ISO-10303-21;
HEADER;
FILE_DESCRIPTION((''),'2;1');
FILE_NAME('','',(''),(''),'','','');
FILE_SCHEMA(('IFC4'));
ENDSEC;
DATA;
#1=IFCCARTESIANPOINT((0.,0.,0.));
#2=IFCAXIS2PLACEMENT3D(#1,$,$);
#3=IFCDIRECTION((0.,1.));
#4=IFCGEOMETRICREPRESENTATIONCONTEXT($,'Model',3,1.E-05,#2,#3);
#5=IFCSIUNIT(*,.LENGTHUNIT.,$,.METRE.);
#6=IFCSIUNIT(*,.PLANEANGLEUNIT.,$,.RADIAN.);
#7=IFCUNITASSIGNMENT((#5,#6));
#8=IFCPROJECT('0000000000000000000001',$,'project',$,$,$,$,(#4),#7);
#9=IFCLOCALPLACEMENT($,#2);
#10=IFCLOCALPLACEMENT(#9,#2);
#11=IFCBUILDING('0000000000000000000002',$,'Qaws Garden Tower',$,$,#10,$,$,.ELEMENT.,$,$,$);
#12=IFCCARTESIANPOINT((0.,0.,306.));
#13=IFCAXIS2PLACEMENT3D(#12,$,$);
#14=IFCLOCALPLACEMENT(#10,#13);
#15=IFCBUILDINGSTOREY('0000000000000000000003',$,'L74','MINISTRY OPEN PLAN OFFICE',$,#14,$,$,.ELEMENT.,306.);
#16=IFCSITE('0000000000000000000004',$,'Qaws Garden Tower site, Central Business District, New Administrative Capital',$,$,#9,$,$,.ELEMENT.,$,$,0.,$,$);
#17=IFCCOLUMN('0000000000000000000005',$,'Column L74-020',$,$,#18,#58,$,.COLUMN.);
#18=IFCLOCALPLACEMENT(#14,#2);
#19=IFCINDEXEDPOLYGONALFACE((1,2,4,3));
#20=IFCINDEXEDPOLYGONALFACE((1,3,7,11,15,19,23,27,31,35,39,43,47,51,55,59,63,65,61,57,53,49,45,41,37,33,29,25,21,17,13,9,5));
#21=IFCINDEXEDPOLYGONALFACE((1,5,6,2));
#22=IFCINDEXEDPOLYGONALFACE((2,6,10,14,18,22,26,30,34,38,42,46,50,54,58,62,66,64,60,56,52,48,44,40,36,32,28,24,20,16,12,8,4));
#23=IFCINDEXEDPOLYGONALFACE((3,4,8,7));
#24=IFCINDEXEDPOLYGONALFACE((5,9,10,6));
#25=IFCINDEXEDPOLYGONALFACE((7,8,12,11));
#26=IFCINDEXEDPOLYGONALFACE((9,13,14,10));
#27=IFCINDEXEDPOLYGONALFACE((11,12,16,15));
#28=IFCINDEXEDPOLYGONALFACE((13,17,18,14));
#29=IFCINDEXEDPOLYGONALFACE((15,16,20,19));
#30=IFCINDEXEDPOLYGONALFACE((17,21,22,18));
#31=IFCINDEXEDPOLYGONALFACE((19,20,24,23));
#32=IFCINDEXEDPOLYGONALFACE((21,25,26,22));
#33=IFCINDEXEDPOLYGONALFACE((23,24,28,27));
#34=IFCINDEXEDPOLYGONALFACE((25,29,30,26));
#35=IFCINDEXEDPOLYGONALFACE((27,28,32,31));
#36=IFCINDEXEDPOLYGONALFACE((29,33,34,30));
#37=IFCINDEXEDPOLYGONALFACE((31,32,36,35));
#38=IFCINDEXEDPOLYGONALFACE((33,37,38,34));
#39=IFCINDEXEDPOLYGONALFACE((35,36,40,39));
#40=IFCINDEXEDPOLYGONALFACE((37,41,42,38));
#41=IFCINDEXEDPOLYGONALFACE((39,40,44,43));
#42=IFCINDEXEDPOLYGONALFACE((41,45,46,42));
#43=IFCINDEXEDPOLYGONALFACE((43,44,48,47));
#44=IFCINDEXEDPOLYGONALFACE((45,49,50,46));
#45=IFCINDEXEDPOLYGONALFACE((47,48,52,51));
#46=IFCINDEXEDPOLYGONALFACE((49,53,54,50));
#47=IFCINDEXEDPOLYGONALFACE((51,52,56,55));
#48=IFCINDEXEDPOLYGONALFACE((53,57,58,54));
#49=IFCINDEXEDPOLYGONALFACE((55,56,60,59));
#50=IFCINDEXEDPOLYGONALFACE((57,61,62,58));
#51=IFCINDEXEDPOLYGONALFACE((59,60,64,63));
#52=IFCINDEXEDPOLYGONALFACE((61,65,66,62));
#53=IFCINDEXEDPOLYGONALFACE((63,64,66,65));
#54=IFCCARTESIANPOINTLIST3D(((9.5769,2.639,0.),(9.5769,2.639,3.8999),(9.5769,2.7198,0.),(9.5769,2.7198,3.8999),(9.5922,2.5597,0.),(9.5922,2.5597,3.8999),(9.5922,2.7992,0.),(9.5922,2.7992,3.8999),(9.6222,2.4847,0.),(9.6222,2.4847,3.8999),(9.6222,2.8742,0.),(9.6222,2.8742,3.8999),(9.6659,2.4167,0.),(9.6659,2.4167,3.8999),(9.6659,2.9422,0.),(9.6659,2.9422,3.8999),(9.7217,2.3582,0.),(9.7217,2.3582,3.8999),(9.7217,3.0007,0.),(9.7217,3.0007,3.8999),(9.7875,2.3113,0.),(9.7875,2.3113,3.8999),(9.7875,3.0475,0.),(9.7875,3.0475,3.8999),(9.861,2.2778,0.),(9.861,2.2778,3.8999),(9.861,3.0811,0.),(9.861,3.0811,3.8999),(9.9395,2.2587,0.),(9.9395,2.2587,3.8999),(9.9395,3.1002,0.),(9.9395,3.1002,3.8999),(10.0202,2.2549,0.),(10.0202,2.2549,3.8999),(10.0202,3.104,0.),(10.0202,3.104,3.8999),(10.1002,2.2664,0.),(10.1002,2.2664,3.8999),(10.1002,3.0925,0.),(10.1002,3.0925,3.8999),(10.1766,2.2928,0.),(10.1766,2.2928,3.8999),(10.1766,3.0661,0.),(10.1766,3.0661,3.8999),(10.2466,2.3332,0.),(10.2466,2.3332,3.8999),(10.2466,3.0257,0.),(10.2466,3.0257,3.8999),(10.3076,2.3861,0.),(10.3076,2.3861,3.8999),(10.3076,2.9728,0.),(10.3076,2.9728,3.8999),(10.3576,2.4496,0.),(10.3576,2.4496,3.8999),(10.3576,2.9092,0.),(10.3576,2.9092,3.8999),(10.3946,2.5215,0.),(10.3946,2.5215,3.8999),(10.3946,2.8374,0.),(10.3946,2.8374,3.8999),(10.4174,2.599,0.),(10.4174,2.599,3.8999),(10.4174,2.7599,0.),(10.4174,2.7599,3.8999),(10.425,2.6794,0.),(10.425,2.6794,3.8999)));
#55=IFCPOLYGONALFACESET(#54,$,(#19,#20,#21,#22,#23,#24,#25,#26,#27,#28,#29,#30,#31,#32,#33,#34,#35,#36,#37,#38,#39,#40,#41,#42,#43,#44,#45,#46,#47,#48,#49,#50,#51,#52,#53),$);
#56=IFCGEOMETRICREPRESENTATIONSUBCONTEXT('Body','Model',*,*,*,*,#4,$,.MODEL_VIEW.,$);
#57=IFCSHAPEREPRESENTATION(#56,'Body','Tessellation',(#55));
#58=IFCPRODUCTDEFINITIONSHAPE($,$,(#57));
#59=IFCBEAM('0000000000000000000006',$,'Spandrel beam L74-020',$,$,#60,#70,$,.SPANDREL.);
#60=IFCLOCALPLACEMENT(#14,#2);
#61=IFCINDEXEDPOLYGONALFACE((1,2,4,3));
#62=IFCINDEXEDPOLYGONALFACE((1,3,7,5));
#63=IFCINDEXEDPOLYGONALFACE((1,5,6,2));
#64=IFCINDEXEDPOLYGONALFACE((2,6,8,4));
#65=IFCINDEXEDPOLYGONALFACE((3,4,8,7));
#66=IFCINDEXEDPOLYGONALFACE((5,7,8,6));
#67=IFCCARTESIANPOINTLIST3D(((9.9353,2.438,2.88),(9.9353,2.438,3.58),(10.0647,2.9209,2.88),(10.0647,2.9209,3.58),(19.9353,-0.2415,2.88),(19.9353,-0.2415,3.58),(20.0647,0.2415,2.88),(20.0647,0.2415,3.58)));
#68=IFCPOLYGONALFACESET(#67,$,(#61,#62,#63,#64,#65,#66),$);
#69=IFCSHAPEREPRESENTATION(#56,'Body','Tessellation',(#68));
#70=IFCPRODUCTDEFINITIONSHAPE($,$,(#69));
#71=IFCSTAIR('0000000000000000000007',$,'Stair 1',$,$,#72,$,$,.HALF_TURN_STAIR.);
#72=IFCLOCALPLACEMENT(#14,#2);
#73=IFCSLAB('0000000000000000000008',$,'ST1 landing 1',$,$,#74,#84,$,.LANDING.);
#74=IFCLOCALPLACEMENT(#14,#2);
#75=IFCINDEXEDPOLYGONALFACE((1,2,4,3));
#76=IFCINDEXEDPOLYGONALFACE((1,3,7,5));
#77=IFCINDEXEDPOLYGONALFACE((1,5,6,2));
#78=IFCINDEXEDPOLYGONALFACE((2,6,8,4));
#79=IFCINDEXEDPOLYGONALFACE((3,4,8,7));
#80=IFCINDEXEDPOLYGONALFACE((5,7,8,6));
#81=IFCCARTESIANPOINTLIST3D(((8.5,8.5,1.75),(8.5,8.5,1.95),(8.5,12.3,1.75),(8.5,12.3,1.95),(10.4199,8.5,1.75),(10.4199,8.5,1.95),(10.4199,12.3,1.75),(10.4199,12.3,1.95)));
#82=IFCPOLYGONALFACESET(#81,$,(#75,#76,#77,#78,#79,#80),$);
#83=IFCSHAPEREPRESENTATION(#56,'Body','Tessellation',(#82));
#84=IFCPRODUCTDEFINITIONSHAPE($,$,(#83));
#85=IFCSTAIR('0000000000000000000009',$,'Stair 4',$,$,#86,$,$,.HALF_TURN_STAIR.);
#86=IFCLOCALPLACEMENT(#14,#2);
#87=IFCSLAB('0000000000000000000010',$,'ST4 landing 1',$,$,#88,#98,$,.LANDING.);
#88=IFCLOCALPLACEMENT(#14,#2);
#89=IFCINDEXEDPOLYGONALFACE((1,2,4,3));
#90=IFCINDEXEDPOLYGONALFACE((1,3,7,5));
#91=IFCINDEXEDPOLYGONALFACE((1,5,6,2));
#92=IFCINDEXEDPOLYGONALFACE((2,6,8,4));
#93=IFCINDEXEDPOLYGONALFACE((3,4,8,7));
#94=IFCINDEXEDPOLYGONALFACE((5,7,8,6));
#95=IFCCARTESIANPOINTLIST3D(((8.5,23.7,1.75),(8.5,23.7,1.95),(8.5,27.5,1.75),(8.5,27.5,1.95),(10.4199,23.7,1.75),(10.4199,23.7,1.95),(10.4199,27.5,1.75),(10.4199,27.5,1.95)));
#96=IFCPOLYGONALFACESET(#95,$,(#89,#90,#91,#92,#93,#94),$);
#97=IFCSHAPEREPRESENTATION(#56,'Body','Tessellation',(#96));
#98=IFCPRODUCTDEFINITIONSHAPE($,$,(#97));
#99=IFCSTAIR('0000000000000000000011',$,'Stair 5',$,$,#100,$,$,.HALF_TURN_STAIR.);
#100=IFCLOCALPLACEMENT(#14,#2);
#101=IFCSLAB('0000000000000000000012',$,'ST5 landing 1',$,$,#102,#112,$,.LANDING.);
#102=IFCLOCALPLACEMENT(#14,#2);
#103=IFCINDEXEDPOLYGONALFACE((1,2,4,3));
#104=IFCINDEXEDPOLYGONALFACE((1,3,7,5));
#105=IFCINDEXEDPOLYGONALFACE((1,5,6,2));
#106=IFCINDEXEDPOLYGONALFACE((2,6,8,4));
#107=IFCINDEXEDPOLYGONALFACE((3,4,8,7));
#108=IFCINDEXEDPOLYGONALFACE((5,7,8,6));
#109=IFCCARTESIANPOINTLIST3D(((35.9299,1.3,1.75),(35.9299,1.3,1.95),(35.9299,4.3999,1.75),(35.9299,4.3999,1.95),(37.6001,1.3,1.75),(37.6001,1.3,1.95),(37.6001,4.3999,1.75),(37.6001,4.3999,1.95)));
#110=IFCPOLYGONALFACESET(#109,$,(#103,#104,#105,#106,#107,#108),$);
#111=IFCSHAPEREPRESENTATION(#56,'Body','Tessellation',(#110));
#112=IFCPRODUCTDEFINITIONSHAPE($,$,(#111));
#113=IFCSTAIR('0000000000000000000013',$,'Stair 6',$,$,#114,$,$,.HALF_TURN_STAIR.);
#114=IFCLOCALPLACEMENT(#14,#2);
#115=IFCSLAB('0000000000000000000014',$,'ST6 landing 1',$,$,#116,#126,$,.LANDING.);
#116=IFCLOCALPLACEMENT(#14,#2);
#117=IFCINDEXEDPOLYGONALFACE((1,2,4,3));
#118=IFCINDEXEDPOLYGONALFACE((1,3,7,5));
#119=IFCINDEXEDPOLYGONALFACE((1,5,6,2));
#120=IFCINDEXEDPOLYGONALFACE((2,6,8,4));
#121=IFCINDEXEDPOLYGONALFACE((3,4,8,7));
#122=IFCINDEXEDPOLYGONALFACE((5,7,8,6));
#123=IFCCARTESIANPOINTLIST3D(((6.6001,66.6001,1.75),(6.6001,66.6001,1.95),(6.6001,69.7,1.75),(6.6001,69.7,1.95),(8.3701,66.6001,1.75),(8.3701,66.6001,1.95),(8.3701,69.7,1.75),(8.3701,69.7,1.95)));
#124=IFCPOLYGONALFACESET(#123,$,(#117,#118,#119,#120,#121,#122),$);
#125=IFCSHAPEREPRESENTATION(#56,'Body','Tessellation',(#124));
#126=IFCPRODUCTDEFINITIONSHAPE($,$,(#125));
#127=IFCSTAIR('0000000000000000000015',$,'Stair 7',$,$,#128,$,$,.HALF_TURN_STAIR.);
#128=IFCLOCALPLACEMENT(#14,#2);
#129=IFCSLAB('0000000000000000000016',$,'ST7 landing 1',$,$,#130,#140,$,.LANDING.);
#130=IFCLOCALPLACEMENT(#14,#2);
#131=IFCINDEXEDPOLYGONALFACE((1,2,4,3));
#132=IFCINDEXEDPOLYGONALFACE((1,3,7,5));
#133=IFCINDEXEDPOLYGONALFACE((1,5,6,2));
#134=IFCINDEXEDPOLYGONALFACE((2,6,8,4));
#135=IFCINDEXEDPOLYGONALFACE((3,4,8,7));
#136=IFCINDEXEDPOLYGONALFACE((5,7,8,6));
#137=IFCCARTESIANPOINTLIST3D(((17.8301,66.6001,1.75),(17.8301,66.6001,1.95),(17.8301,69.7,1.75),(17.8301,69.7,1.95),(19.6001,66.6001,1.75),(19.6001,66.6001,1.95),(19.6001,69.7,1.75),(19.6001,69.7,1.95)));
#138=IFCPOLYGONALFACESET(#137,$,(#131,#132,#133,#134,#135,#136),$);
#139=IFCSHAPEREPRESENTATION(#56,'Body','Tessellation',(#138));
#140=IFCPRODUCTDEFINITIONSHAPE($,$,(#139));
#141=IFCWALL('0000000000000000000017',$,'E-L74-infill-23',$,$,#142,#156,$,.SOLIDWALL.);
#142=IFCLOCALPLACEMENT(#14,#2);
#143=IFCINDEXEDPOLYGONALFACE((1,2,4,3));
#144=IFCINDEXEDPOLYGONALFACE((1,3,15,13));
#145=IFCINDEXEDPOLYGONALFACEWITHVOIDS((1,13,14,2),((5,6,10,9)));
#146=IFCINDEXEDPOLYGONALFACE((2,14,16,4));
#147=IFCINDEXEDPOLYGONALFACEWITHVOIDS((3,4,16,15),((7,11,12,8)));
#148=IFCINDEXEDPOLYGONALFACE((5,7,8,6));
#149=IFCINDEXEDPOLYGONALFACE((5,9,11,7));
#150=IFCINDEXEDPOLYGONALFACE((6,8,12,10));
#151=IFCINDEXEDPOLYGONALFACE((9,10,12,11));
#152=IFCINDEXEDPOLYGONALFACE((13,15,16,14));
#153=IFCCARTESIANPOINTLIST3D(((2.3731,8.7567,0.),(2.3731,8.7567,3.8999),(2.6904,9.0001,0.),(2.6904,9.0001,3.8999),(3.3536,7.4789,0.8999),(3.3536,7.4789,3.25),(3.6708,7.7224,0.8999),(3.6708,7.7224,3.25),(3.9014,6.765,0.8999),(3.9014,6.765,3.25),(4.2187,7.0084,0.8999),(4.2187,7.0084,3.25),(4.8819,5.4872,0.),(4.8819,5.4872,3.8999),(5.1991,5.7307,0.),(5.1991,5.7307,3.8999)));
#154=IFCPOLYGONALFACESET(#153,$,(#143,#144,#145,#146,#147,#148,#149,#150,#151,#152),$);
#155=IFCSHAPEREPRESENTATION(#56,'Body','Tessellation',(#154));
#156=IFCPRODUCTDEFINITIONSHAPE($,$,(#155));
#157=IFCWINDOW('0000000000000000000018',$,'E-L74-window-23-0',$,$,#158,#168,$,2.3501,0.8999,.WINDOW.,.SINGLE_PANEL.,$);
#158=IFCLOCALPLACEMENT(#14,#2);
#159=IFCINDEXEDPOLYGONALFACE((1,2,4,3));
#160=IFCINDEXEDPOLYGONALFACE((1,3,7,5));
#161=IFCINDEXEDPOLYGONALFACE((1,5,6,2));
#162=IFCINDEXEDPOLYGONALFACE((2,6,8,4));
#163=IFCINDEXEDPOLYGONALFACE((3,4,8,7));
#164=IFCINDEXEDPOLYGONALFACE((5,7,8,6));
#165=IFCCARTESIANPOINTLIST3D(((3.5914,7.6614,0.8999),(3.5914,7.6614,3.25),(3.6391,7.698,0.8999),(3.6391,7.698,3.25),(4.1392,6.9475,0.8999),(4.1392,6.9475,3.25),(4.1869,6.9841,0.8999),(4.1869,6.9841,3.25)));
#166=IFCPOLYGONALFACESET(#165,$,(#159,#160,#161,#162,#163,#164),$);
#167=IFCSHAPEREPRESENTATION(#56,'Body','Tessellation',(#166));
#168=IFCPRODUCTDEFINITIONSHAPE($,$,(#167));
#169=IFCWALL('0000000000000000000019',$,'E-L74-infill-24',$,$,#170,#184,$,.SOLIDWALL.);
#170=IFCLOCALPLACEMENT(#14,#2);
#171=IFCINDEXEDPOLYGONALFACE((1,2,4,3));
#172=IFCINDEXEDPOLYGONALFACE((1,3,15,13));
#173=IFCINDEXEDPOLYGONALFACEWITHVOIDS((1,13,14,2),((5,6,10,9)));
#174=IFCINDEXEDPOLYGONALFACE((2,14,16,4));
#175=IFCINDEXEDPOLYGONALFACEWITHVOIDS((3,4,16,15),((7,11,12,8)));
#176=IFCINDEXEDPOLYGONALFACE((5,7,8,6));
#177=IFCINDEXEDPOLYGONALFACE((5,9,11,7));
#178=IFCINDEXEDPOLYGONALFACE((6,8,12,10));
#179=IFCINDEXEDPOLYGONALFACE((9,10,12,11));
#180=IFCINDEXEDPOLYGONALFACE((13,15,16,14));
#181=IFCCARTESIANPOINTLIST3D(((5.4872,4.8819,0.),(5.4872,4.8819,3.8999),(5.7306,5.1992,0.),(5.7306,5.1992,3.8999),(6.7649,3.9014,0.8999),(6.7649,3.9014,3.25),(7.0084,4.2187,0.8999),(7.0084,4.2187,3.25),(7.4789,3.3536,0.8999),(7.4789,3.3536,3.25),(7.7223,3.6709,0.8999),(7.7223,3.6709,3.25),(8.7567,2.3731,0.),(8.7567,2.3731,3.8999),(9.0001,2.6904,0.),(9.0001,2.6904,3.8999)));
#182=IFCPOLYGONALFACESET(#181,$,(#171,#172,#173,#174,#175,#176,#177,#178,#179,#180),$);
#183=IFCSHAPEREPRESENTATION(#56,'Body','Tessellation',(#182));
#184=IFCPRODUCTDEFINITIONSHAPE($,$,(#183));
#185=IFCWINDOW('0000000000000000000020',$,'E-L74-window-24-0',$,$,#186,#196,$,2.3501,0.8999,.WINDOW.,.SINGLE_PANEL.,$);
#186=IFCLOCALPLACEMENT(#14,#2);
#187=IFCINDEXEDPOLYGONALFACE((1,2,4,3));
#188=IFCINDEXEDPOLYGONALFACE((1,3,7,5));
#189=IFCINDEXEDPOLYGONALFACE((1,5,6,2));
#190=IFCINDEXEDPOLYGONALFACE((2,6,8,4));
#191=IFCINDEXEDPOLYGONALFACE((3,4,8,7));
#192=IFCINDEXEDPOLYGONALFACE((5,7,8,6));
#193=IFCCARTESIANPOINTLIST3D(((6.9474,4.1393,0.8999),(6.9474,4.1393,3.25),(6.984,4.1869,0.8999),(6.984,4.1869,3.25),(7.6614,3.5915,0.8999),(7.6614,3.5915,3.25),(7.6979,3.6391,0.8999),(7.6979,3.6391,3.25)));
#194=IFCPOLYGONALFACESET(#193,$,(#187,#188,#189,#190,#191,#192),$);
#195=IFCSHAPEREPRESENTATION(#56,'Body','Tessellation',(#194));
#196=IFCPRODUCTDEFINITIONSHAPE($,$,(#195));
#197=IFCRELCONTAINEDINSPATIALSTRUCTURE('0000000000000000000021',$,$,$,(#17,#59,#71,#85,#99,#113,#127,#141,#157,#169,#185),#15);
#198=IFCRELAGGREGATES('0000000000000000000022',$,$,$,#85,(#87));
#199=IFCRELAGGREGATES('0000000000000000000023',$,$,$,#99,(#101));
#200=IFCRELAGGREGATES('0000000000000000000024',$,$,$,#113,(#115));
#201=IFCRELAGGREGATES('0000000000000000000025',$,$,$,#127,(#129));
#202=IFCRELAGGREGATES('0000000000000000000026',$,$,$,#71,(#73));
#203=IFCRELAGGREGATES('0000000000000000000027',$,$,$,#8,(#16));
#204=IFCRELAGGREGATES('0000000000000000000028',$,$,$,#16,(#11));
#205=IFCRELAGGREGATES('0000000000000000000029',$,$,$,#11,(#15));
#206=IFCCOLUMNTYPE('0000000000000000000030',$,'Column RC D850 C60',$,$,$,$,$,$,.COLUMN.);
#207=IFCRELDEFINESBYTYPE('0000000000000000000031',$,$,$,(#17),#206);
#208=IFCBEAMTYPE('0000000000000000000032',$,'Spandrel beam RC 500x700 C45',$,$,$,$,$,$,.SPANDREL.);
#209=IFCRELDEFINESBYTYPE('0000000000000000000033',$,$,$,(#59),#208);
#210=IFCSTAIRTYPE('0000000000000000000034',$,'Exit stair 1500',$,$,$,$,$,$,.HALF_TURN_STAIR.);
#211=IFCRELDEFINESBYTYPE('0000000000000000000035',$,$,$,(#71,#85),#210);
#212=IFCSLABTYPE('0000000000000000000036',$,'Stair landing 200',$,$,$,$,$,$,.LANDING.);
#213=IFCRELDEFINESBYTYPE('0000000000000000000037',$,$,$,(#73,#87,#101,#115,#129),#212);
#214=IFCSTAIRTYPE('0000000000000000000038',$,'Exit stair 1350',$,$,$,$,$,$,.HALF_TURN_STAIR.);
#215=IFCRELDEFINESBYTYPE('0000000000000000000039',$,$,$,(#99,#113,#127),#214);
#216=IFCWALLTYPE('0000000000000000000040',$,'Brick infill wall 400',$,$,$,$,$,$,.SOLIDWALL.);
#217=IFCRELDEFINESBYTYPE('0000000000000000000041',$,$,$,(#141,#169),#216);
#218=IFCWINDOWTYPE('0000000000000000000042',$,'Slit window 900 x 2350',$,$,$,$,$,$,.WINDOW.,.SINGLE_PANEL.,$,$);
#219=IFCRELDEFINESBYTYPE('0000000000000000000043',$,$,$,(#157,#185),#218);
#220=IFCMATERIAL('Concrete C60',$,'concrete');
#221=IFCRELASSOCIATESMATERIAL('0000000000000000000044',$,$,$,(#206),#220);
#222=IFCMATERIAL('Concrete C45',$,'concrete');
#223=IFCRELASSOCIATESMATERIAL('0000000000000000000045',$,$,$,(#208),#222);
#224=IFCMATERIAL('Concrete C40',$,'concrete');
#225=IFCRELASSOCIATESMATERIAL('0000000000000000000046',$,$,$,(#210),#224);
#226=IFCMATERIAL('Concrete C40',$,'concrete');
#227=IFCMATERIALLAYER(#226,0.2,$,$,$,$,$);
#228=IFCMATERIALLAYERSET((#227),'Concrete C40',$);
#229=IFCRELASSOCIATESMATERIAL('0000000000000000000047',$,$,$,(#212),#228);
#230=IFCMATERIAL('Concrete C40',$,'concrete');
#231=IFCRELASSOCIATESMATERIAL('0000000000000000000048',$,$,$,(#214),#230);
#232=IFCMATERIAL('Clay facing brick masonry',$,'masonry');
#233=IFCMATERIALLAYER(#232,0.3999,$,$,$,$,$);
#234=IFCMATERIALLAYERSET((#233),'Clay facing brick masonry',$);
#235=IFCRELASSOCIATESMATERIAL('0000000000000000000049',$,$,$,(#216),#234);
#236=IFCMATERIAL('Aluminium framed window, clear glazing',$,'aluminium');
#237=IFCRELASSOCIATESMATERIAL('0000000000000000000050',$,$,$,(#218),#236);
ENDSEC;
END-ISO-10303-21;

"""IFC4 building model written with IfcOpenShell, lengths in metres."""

from ifc_helpers import new_model, si_unit, direction, frame, frame_2d, origin, origin_2d, place, context, subcontext, project, spatial, polyline, rectangle, circle, outline, extrude, material, layer, layer_set, material_profile, profile_set, type_object, element, fill, aggregate, save


model = new_model("IFC4")

# Units and contexts
model_context = context("Model", 3, precision=1e-05, world=origin(), true_north=direction((0.0, 1.0)))
body_context = subcontext(model_context, "Body", "Model", "MODEL_VIEW")
ifc_project = project(units=[si_unit("LENGTHUNIT", "METRE"), si_unit("PLANEANGLEUNIT", "RADIAN")], contexts=[model_context])

# Site, building, storey
site_placement = place(None, origin())
site = spatial("IfcSite", under=ifc_project, at=site_placement, Name="Qaws Garden Tower site, Central Business District, New Administrative Capital", CompositionType="ELEMENT", RefElevation=0.0)
building_placement = place(site_placement, origin())
building = spatial("IfcBuilding", under=site, at=building_placement, Name="Qaws Garden Tower", CompositionType="ELEMENT")
storey_placement = place(building_placement, frame((0.0, 0.0, 306.0)))
storey = spatial("IfcBuildingStorey", under=building, at=storey_placement, Name="L74", Description="MINISTRY OPEN PLAN OFFICE", CompositionType="ELEMENT", Elevation=306.0)

# Column
ifc_material_1 = material(Name="Concrete C60", Category="concrete")
ifc_material_profile_1 = material_profile(ifc_material_1, circle(Radius=0.425, at=origin_2d()), Name="RC D850")
ifc_profile_set_1 = profile_set([ifc_material_profile_1], Name="Concrete C60")
column_type = type_object("IfcColumnType", Name="Column RC D850 C60", PredefinedType="COLUMN", material=ifc_profile_set_1)
column_placement = place(storey_placement, frame((10.0, 2.6794, 0.0), z_axis=(0.0, 0.0, 1.0), x_axis=(1.0, 0.0, 0.0)))
element("IfcColumn", 1, at=column_placement, inside=storey, type_object=column_type, Name="Column L74-020", PredefinedType="COLUMN", context=body_context, shape_type="SweptSolid", body=[
    extrude(circle(Radius=0.425, at=origin_2d()), origin(), (0.0, 0.0, 1.0), 3.8999),
])

# Beam
ifc_material_2 = material(Name="Concrete C45", Category="concrete")
ifc_material_profile_2 = material_profile(ifc_material_2, rectangle(XDim=0.5, YDim=0.7, at=origin_2d()), Name="RC 500x700")
ifc_profile_set_2 = profile_set([ifc_material_profile_2], Name="Concrete C45")
beam_type = type_object("IfcBeamType", Name="Spandrel beam RC 500x700 C45", PredefinedType="SPANDREL", material=ifc_profile_set_2)
beam_placement = place(storey_placement, frame((10.0, 2.6794, 3.23), z_axis=(0.965927, -0.258815, 0.0), x_axis=(0.258815, 0.965927, 0.0)))
element("IfcBeam", 2, at=beam_placement, inside=storey, type_object=beam_type, Name="Spandrel beam L74-020", PredefinedType="SPANDREL", context=body_context, shape_type="SweptSolid", body=[
    extrude(rectangle(XDim=0.5, YDim=0.7, at=origin_2d()), origin(), (0.0, 0.0, 1.0), 10.3528),
])

# Stairs, slabs
ifc_material_3 = material(Name="Concrete C40", Category="concrete")
stair_type_1 = type_object("IfcStairType", Name="Exit stair 1500", PredefinedType="HALF_TURN_STAIR", material=ifc_material_3)
placement_1 = place(storey_placement, origin())
stair_1 = element("IfcStair", 3, at=placement_1, inside=storey, type_object=stair_type_1, Name="Stair 1", PredefinedType="HALF_TURN_STAIR")
ifc_material_4 = material(Name="Concrete C40", Category="concrete")
ifc_layer_1 = layer(ifc_material_4, 0.2)
ifc_layer_set_1 = layer_set([ifc_layer_1], Name="Concrete C40")
slab_type = type_object("IfcSlabType", Name="Stair landing 200", PredefinedType="LANDING", material=ifc_layer_set_1)
placement_2 = place(storey_placement, frame((0.0, 0.0, 1.75)))
slab_1 = element("IfcSlab", 4, at=placement_2, type_object=slab_type, Name="ST1 landing 1", PredefinedType="LANDING", context=body_context, shape_type="SweptSolid", body=[
    extrude(outline(polyline([(8.5, 8.5), (10.4199, 8.5), (10.4199, 12.3), (8.5, 12.3), (8.5, 8.5)])), origin(), (0.0, 0.0, 1.0), 0.2),
])
stair_2 = element("IfcStair", 5, at=placement_1, inside=storey, type_object=stair_type_1, Name="Stair 4", PredefinedType="HALF_TURN_STAIR")
slab_2 = element("IfcSlab", 6, at=placement_2, type_object=slab_type, Name="ST4 landing 1", PredefinedType="LANDING", context=body_context, shape_type="SweptSolid", body=[
    extrude(outline(polyline([(8.5, 23.7), (10.4199, 23.7), (10.4199, 27.5), (8.5, 27.5), (8.5, 23.7)])), origin(), (0.0, 0.0, 1.0), 0.2),
])
aggregate(stair_2, [slab_2])
ifc_material_5 = material(Name="Concrete C40", Category="concrete")
stair_type_2 = type_object("IfcStairType", Name="Exit stair 1350", PredefinedType="HALF_TURN_STAIR", material=ifc_material_5)
stair_3 = element("IfcStair", 7, at=placement_1, inside=storey, type_object=stair_type_2, Name="Stair 5", PredefinedType="HALF_TURN_STAIR")
slab_3 = element("IfcSlab", 8, at=placement_2, type_object=slab_type, Name="ST5 landing 1", PredefinedType="LANDING", context=body_context, shape_type="SweptSolid", body=[
    extrude(outline(polyline([(35.9299, 1.3), (37.6001, 1.3), (37.6001, 4.3999), (35.9299, 4.3999), (35.9299, 1.3)])), origin(), (0.0, 0.0, 1.0), 0.2),
])
aggregate(stair_3, [slab_3])
stair_4 = element("IfcStair", 9, at=placement_1, inside=storey, type_object=stair_type_2, Name="Stair 6", PredefinedType="HALF_TURN_STAIR")
slab_4 = element("IfcSlab", 10, at=placement_2, type_object=slab_type, Name="ST6 landing 1", PredefinedType="LANDING", context=body_context, shape_type="SweptSolid", body=[
    extrude(outline(polyline([(6.6001, 66.6001), (8.3701, 66.6001), (8.3701, 69.7), (6.6001, 69.7), (6.6001, 66.6001)])), origin(), (0.0, 0.0, 1.0), 0.2),
])
aggregate(stair_4, [slab_4])
stair_5 = element("IfcStair", 11, at=placement_1, inside=storey, type_object=stair_type_2, Name="Stair 7", PredefinedType="HALF_TURN_STAIR")
slab_5 = element("IfcSlab", 12, at=placement_2, type_object=slab_type, Name="ST7 landing 1", PredefinedType="LANDING", context=body_context, shape_type="SweptSolid", body=[
    extrude(outline(polyline([(17.8301, 66.6001), (19.6001, 66.6001), (19.6001, 69.7), (17.8301, 69.7), (17.8301, 66.6001)])), origin(), (0.0, 0.0, 1.0), 0.2),
])
aggregate(stair_5, [slab_5])

# Walls, openings, windows
ifc_material_6 = material(Name="Clay facing brick masonry", Category="masonry")
ifc_layer_2 = layer(ifc_material_6, 0.3999)
ifc_layer_set_2 = layer_set([ifc_layer_2], Name="Clay facing brick masonry")
wall_type_1 = type_object("IfcWallType", Name="Brick infill wall 400", PredefinedType="SOLIDWALL", material=ifc_layer_set_2)
wall_1_placement = place(storey_placement, frame((2.5317, 8.8784, 0.0), z_axis=(0.0, 0.0, 1.0), x_axis=(0.60876, -0.793355, 0.0)))
wall_1 = element("IfcWall", 13, at=wall_1_placement, inside=storey, type_object=wall_type_1, Name="E-L74-infill-23", PredefinedType="SOLIDWALL", context=body_context, shape_type="SweptSolid", body=[
    extrude(rectangle(XDim=4.1211, YDim=0.3999, at=frame_2d((2.0605, 0.0))), origin(), (0.0, 0.0, 1.0), 3.8999),
])
opening_1_placement = place(wall_1_placement, frame((1.6106, 0.0, 0.8999)))
opening_1 = element("IfcOpeningElement", 14, at=opening_1_placement, cuts=wall_1, PredefinedType="OPENING", context=body_context, shape_type="SweptSolid", body=[
    extrude(rectangle(XDim=0.8999, YDim=2.3501, at=frame_2d((0.45, 1.175))), frame((0.0, 0.21, 0.0), z_axis=(0.0, -1.0, 0.0), x_axis=(1.0, 0.0, 0.0)), (0.0, 0.0, 1.0), 0.4199),
])
ifc_material_7 = material(Name="Aluminium framed window, clear glazing", Category="aluminium")
window_type = type_object("IfcWindowType", Name="Slit window 900 x 2350", PartitioningType="SINGLE_PANEL", PredefinedType="WINDOW", material=ifc_material_7)
window_1_placement = place(opening_1_placement, origin())
window_1 = element("IfcWindow", 15, at=window_1_placement, inside=storey, type_object=window_type, Name="E-L74-window-23-0", OverallHeight=2.3501, OverallWidth=0.8999, PartitioningType="SINGLE_PANEL", PredefinedType="WINDOW", context=body_context, shape_type="SweptSolid", body=[
    extrude(rectangle(XDim=0.8999, YDim=2.3501, at=frame_2d((0.45, 1.175))), frame((0.0, 0.1599, 0.0), z_axis=(0.0, -1.0, 0.0), x_axis=(1.0, 0.0, 0.0)), (0.0, 0.0, 1.0), 0.0601),
])
fill(opening_1, window_1)
wall_2_placement = place(storey_placement, frame((5.6089, 5.0405, 0.0), z_axis=(0.0, 0.0, 1.0), x_axis=(0.793355, -0.60876, 0.0)))
wall_2 = element("IfcWall", 16, at=wall_2_placement, inside=storey, type_object=wall_type_1, Name="E-L74-infill-24", PredefinedType="SOLIDWALL", context=body_context, shape_type="SweptSolid", body=[
    extrude(rectangle(XDim=4.1211, YDim=0.3999, at=frame_2d((2.0605, 0.0))), origin(), (0.0, 0.0, 1.0), 3.8999),
])
opening_2_placement = place(wall_2_placement, frame((1.6106, 0.0, 0.8999)))
opening_2 = element("IfcOpeningElement", 17, at=opening_2_placement, cuts=wall_2, PredefinedType="OPENING", context=body_context, shape_type="SweptSolid", body=[
    extrude(rectangle(XDim=0.8999, YDim=2.3501, at=frame_2d((0.45, 1.175))), frame((0.0, 0.21, 0.0), z_axis=(0.0, -1.0, 0.0), x_axis=(1.0, 0.0, 0.0)), (0.0, 0.0, 1.0), 0.4199),
])
window_2_placement = place(opening_2_placement, origin())
window_2 = element("IfcWindow", 18, at=window_2_placement, inside=storey, type_object=window_type, Name="E-L74-window-24-0", OverallHeight=2.3501, OverallWidth=0.8999, PartitioningType="SINGLE_PANEL", PredefinedType="WINDOW", context=body_context, shape_type="SweptSolid", body=[
    extrude(rectangle(XDim=0.8999, YDim=2.3501, at=frame_2d((0.45, 1.175))), frame((0.0, 0.1599, 0.0), z_axis=(0.0, -1.0, 0.0), x_axis=(1.0, 0.0, 0.0)), (0.0, 0.0, 1.0), 0.0601),
])
fill(opening_2, window_2)

aggregate(stair_1, [slab_1])

save(model, "model.ifc")
